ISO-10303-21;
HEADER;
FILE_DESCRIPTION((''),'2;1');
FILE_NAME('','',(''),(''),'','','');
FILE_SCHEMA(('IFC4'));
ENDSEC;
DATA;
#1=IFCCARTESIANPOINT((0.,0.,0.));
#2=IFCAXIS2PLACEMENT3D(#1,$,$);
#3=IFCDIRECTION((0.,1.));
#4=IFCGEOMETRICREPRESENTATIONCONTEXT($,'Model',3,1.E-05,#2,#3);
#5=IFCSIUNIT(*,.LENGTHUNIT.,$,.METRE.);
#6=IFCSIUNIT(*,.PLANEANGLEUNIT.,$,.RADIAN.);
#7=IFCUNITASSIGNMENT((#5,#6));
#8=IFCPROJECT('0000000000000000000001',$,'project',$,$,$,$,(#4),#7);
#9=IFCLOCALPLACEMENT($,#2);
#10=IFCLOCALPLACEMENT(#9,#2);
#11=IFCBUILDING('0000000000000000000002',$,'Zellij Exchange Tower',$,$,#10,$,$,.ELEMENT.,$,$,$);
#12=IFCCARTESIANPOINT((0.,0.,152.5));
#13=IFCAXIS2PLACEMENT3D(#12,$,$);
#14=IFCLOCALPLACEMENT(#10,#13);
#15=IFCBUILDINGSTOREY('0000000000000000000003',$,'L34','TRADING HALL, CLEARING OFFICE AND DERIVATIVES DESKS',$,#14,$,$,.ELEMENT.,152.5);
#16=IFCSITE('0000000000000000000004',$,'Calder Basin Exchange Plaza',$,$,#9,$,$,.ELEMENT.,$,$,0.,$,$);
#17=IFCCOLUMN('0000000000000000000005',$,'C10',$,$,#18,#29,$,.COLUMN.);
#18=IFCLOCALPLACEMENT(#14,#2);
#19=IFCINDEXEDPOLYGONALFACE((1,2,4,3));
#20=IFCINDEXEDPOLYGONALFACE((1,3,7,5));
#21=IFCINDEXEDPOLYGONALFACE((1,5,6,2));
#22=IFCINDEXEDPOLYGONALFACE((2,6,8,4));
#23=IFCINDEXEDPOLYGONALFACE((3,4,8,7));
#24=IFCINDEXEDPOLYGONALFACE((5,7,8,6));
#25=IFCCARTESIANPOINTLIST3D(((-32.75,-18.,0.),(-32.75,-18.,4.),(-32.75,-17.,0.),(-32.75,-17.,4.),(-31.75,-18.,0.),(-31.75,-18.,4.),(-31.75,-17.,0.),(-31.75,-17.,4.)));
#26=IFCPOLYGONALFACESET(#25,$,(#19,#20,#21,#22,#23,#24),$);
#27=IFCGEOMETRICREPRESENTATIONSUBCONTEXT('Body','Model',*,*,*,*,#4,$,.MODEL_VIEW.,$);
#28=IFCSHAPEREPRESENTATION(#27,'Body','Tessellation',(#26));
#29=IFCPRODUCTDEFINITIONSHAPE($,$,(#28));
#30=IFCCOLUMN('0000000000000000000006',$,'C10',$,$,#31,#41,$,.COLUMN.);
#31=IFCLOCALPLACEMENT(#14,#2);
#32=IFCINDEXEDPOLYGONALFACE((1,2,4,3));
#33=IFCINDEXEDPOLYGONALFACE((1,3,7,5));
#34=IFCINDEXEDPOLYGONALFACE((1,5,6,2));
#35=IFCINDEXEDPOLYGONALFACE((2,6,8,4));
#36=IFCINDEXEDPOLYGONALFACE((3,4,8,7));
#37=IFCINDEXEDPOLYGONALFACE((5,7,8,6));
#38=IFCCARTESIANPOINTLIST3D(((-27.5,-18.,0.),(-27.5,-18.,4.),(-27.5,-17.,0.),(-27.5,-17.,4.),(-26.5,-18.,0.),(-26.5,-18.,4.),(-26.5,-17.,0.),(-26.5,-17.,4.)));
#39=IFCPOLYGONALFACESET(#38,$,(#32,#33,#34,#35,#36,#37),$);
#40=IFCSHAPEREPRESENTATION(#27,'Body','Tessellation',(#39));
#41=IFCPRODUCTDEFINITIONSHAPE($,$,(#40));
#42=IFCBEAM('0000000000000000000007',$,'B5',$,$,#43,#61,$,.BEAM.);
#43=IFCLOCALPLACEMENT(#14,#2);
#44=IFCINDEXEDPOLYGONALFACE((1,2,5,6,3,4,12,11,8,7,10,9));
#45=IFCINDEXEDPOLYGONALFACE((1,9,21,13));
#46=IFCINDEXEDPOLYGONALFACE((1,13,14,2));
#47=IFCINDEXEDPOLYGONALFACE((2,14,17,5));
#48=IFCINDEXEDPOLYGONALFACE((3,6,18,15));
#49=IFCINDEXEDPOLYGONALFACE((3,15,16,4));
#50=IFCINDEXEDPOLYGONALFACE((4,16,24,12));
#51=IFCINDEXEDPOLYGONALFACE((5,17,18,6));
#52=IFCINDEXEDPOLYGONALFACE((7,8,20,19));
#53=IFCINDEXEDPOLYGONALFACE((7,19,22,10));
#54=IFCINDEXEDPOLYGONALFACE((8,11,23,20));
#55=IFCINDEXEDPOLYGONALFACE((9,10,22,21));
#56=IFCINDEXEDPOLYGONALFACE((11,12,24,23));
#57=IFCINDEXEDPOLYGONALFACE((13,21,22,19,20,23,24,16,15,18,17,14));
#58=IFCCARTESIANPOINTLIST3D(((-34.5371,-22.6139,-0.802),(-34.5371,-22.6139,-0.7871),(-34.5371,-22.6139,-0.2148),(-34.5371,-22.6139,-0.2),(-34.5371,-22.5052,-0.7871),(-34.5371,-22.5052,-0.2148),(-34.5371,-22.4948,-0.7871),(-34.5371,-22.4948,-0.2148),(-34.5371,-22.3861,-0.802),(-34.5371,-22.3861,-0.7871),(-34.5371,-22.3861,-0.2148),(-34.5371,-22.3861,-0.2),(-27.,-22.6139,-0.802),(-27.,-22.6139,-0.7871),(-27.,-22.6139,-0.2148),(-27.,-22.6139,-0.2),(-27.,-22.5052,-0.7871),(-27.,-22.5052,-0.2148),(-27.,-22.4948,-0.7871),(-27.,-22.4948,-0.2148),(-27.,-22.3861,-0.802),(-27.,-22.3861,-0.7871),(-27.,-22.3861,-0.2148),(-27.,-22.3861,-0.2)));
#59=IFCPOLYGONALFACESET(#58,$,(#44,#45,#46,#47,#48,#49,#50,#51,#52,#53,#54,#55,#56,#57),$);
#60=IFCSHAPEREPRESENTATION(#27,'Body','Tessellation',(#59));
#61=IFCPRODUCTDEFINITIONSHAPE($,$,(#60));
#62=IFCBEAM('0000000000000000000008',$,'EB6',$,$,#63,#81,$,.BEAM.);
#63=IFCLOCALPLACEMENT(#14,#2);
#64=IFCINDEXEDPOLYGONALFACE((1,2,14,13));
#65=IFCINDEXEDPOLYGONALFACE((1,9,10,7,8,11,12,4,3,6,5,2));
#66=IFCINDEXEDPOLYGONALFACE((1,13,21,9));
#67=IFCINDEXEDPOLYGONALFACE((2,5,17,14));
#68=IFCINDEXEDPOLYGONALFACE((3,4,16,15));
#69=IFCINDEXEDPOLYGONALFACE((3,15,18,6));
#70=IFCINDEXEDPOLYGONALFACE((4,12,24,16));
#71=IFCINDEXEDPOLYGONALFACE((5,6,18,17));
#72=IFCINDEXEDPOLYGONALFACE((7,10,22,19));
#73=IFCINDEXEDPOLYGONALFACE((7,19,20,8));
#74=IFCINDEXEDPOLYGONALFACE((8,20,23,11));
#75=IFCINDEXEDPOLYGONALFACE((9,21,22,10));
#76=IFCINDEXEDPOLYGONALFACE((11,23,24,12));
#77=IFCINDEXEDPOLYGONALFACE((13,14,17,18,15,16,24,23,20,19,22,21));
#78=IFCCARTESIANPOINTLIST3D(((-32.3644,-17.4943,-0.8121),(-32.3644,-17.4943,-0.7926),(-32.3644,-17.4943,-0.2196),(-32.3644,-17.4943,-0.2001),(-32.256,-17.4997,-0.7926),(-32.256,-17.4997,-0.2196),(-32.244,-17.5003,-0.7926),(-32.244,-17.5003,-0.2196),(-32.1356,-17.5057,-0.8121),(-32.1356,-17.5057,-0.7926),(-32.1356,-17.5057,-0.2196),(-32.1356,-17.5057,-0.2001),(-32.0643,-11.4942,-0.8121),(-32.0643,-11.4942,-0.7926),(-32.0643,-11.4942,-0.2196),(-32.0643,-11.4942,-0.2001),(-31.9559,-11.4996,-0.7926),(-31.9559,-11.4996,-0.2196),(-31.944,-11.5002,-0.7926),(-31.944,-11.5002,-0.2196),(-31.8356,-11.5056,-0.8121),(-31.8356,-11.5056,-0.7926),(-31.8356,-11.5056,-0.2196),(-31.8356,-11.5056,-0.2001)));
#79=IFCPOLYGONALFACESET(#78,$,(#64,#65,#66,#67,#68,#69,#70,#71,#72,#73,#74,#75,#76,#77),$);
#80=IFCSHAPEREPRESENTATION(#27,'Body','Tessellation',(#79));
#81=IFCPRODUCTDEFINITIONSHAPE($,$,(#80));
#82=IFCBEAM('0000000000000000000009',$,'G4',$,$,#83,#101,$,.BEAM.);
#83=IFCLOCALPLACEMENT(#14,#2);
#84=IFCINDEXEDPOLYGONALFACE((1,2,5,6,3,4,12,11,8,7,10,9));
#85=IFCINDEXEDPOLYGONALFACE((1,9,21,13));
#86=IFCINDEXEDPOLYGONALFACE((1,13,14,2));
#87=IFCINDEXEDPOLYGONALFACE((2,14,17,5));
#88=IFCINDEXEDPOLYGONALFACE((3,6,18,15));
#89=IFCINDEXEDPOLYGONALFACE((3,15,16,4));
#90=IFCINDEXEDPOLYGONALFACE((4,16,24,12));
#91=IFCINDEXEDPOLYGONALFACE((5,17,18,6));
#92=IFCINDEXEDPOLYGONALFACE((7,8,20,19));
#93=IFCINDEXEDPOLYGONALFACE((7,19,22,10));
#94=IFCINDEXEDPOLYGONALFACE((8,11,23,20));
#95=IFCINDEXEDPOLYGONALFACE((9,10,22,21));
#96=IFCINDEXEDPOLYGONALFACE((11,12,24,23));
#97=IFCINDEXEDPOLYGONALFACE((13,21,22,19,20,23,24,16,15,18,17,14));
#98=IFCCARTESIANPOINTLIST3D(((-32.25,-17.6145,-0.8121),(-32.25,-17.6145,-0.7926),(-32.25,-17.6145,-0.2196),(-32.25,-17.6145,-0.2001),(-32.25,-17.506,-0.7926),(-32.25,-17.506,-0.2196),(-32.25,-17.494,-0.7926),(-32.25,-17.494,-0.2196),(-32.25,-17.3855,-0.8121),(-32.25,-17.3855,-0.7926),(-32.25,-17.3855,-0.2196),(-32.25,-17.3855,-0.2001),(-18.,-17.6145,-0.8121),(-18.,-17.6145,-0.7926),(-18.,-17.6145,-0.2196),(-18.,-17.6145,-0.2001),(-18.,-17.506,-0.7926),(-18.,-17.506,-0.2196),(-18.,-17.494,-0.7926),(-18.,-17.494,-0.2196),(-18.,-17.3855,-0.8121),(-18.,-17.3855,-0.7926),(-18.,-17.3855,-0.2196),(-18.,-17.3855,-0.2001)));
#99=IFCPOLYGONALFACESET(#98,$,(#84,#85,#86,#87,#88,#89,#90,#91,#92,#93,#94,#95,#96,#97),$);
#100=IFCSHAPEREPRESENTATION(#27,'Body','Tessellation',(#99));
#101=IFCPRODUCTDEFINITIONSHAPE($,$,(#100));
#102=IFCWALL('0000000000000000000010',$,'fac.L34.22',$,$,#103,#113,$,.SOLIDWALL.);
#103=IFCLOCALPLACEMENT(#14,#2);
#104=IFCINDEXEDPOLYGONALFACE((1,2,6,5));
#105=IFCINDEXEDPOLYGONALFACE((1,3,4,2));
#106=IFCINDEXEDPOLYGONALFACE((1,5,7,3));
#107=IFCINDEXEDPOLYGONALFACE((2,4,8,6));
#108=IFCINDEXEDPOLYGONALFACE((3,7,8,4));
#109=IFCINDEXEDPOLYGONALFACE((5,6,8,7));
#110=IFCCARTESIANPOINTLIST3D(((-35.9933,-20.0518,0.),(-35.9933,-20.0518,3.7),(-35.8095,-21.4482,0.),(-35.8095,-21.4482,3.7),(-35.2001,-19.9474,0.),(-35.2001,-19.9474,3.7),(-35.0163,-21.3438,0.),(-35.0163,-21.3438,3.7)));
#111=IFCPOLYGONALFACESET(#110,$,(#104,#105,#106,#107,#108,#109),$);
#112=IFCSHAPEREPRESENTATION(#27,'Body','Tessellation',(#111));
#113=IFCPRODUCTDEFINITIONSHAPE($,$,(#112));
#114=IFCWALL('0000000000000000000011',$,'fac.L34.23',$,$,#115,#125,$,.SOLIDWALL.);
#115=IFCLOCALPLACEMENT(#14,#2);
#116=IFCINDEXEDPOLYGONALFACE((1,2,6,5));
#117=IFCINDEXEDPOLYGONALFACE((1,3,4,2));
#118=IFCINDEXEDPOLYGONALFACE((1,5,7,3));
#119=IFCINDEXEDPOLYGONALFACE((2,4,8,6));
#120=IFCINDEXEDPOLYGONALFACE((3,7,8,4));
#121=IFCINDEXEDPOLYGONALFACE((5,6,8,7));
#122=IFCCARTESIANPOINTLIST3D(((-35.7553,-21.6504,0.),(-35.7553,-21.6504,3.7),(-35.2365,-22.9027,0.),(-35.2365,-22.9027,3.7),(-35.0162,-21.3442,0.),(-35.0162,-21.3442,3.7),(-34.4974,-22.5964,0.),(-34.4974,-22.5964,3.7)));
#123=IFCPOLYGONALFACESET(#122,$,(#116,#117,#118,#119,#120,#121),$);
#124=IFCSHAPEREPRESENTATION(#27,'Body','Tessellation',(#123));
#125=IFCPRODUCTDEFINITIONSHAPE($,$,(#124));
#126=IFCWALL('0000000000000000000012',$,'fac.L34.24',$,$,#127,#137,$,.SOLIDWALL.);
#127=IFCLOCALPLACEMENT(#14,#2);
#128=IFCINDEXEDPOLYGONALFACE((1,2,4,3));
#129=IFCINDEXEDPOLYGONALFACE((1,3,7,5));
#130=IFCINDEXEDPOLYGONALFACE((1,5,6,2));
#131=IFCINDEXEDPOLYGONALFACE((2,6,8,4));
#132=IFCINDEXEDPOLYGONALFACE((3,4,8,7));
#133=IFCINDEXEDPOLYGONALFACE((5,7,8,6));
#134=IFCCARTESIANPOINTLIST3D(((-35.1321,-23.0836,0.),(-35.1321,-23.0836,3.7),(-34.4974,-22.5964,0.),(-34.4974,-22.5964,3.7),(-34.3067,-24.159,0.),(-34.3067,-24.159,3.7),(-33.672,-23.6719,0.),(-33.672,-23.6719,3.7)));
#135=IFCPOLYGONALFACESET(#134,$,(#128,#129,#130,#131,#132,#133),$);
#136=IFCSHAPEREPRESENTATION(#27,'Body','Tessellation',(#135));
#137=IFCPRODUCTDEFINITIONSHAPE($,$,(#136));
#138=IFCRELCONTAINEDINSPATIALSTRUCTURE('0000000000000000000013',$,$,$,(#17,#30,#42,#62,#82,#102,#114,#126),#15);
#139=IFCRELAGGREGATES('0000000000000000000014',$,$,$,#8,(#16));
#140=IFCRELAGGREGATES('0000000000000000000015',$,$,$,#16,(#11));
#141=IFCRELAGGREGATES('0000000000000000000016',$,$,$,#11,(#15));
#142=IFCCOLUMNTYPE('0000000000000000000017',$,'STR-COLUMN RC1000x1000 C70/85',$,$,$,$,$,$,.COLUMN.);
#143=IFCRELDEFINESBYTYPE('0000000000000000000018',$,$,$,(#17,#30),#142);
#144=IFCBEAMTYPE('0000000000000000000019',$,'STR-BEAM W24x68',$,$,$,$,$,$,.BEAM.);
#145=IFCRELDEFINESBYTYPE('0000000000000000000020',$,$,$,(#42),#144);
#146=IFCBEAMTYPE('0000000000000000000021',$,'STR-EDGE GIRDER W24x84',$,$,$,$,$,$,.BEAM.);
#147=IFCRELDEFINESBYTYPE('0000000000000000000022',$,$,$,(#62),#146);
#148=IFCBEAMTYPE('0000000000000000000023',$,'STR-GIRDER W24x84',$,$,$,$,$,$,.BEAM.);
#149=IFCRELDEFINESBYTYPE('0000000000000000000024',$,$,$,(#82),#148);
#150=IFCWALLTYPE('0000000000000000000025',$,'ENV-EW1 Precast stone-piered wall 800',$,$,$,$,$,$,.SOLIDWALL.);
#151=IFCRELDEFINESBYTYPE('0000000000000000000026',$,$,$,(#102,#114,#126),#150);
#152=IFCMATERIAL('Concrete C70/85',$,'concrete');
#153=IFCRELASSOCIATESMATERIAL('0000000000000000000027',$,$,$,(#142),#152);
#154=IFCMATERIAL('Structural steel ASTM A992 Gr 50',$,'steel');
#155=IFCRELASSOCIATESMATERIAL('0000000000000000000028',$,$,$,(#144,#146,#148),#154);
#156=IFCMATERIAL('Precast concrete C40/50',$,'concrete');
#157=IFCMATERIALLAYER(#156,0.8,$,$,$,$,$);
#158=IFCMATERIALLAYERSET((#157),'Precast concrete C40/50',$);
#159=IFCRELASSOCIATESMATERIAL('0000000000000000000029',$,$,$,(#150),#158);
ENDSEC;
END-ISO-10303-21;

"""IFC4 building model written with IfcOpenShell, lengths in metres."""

from ifc_helpers import new_model, si_unit, direction, frame, frame_2d, origin, origin_2d, place, context, subcontext, project, spatial, rectangle, i_section, extrude, material, layer, layer_set, material_profile, profile_set, type_object, element, save


model = new_model("IFC4")

# Units and contexts
model_context = context("Model", 3, precision=1e-05, world=origin(), true_north=direction((0.0, 1.0)))
body_context = subcontext(model_context, "Body", "Model", "MODEL_VIEW")
ifc_project = project(units=[si_unit("LENGTHUNIT", "METRE"), si_unit("PLANEANGLEUNIT", "RADIAN")], contexts=[model_context])

# Site, building, storey
site_placement = place(None, origin())
site = spatial("IfcSite", under=ifc_project, at=site_placement, Name="Calder Basin Exchange Plaza", CompositionType="ELEMENT", RefElevation=0.0)
building_placement = place(site_placement, origin())
building = spatial("IfcBuilding", under=site, at=building_placement, Name="Zellij Exchange Tower", CompositionType="ELEMENT")
storey_placement = place(building_placement, frame((0.0, 0.0, 152.5)))
storey = spatial("IfcBuildingStorey", under=building, at=storey_placement, Name="L34", Description="TRADING HALL, CLEARING OFFICE AND DERIVATIVES DESKS", CompositionType="ELEMENT", Elevation=152.5)

# Columns
ifc_material_1 = material(Name="Concrete C70/85", Category="concrete")
ifc_material_profile_1 = material_profile(ifc_material_1, rectangle(XDim=1.0, YDim=1.0, at=origin_2d()), Name="STR-COLUMN RC1000x1000 C70/85")
ifc_profile_set_1 = profile_set([ifc_material_profile_1], Name="Concrete C70/85")
column_type = type_object("IfcColumnType", Name="STR-COLUMN RC1000x1000 C70/85", PredefinedType="COLUMN", material=ifc_profile_set_1)
for number, where, z_axis, x_axis, name in (
    (1, (-32.25, -17.5, 0.0), (0.0, 0.0, 1.0), (1.0, 0.0, 0.0), "C10"),
    (2, (-27.0, -17.5, 0.0), (0.0, 0.0, 1.0), (1.0, 0.0, 0.0), "C10"),
):
    element("IfcColumn", number, at=place(storey_placement, frame(where, z_axis=z_axis, x_axis=x_axis)), inside=storey, type_object=column_type, Name=name, PredefinedType="COLUMN", context=body_context, shape_type="SweptSolid", body=[
        extrude(rectangle(XDim=1.0, YDim=1.0, at=origin_2d()), origin(), (0.0, 0.0, 1.0), 4.0),
    ])

# Beams
ifc_material_2 = material(Name="Structural steel ASTM A992 Gr 50", Category="steel")
ifc_material_profile_2 = material_profile(ifc_material_2, i_section(OverallWidth=0.2278, OverallDepth=0.6021, WebThickness=0.0105, FlangeThickness=0.0149, at=origin_2d()), Name="W24x68")
ifc_profile_set_2 = profile_set([ifc_material_profile_2], Name="Structural steel ASTM A992 Gr 50")
beam_type_1 = type_object("IfcBeamType", Name="STR-BEAM W24x68", PredefinedType="BEAM", material=ifc_profile_set_2)
beam_1_placement = place(storey_placement, frame((-34.5371, -22.5, -0.501), z_axis=(1.0, 0.0, 0.0), x_axis=(0.0, 1.0, 0.0)))
element("IfcBeam", 3, at=beam_1_placement, inside=storey, type_object=beam_type_1, Name="B5", PredefinedType="BEAM", context=body_context, shape_type="SweptSolid", body=[
    extrude(i_section(OverallWidth=0.2278, OverallDepth=0.6021, WebThickness=0.0105, FlangeThickness=0.0149, at=origin_2d()), origin(), (0.0, 0.0, 1.0), 7.5371),
])
ifc_material_profile_3 = material_profile(ifc_material_2, i_section(OverallWidth=0.229, OverallDepth=0.6121, WebThickness=0.012, FlangeThickness=0.0195, at=origin_2d()), Name="W24x84")
ifc_profile_set_3 = profile_set([ifc_material_profile_3], Name="Structural steel ASTM A992 Gr 50")
beam_type_2 = type_object("IfcBeamType", Name="STR-EDGE GIRDER W24x84", PredefinedType="BEAM", material=ifc_profile_set_3)
beam_2_placement = place(storey_placement, frame((-32.25, -17.5, -0.5061), z_axis=(0.049946, 0.998752, 0.0), x_axis=(-0.998752, 0.049946, 0.0)))
element("IfcBeam", 4, at=beam_2_placement, inside=storey, type_object=beam_type_2, Name="EB6", PredefinedType="BEAM", context=body_context, shape_type="SweptSolid", body=[
    extrude(i_section(OverallWidth=0.229, OverallDepth=0.6121, WebThickness=0.012, FlangeThickness=0.0195, at=origin_2d()), origin(), (0.0, 0.0, 1.0), 6.0076),
])
ifc_material_profile_4 = material_profile(ifc_material_2, i_section(OverallWidth=0.229, OverallDepth=0.6121, WebThickness=0.012, FlangeThickness=0.0195, at=origin_2d()), Name="W24x84")
ifc_profile_set_4 = profile_set([ifc_material_profile_4], Name="Structural steel ASTM A992 Gr 50")
beam_type_3 = type_object("IfcBeamType", Name="STR-GIRDER W24x84", PredefinedType="BEAM", material=ifc_profile_set_4)
beam_3_placement = place(storey_placement, frame((-32.25, -17.5, -0.5061), z_axis=(1.0, 0.0, 0.0), x_axis=(0.0, 1.0, 0.0)))
element("IfcBeam", 5, at=beam_3_placement, inside=storey, type_object=beam_type_3, Name="G4", PredefinedType="BEAM", context=body_context, shape_type="SweptSolid", body=[
    extrude(i_section(OverallWidth=0.229, OverallDepth=0.6121, WebThickness=0.012, FlangeThickness=0.0195, at=origin_2d()), origin(), (0.0, 0.0, 1.0), 14.25),
])

# Walls
ifc_material_3 = material(Name="Precast concrete C40/50", Category="concrete")
ifc_layer_1 = layer(ifc_material_3, 0.8)
ifc_layer_set_1 = layer_set([ifc_layer_1], Name="Precast concrete C40/50")
wall_type_1 = type_object("IfcWallType", Name="ENV-EW1 Precast stone-piered wall 800", PredefinedType="SOLIDWALL", material=ifc_layer_set_1)
wall_1_placement = place(storey_placement, frame((-35.5967, -19.9998, 0.0), z_axis=(0.0, 0.0, 1.0), x_axis=(0.130517, -0.991446, 0.0)))
element("IfcWall", 6, at=wall_1_placement, inside=storey, type_object=wall_type_1, Name="fac.L34.22", PredefinedType="SOLIDWALL", context=body_context, shape_type="SweptSolid", body=[
    extrude(rectangle(XDim=1.4084, YDim=0.8, at=frame_2d((0.7041, 0.0))), origin(), (0.0, 0.0, 1.0), 3.7),
])
wall_2_placement = place(storey_placement, frame((-35.3857, -21.4973, 0.0), z_axis=(0.0, 0.0, 1.0), x_axis=(0.38276, -0.923848, 0.0)))
element("IfcWall", 7, at=wall_2_placement, inside=storey, type_object=wall_type_1, Name="fac.L34.23", PredefinedType="SOLIDWALL", context=body_context, shape_type="SweptSolid", body=[
    extrude(rectangle(XDim=1.3555, YDim=0.8, at=frame_2d((0.6777, 0.0))), origin(), (0.0, 0.0, 1.0), 3.7),
])
wall_3_placement = place(storey_placement, frame((-34.8147, -22.8401, 0.0), z_axis=(0.0, 0.0, 1.0), x_axis=(0.608866, -0.793273, 0.0)))
element("IfcWall", 8, at=wall_3_placement, inside=storey, type_object=wall_type_1, Name="fac.L34.24", PredefinedType="SOLIDWALL", context=body_context, shape_type="SweptSolid", body=[
    extrude(rectangle(XDim=1.3557, YDim=0.8, at=frame_2d((0.6777, 0.0))), origin(), (0.0, 0.0, 1.0), 3.7),
])

save(model, "model.ifc")
